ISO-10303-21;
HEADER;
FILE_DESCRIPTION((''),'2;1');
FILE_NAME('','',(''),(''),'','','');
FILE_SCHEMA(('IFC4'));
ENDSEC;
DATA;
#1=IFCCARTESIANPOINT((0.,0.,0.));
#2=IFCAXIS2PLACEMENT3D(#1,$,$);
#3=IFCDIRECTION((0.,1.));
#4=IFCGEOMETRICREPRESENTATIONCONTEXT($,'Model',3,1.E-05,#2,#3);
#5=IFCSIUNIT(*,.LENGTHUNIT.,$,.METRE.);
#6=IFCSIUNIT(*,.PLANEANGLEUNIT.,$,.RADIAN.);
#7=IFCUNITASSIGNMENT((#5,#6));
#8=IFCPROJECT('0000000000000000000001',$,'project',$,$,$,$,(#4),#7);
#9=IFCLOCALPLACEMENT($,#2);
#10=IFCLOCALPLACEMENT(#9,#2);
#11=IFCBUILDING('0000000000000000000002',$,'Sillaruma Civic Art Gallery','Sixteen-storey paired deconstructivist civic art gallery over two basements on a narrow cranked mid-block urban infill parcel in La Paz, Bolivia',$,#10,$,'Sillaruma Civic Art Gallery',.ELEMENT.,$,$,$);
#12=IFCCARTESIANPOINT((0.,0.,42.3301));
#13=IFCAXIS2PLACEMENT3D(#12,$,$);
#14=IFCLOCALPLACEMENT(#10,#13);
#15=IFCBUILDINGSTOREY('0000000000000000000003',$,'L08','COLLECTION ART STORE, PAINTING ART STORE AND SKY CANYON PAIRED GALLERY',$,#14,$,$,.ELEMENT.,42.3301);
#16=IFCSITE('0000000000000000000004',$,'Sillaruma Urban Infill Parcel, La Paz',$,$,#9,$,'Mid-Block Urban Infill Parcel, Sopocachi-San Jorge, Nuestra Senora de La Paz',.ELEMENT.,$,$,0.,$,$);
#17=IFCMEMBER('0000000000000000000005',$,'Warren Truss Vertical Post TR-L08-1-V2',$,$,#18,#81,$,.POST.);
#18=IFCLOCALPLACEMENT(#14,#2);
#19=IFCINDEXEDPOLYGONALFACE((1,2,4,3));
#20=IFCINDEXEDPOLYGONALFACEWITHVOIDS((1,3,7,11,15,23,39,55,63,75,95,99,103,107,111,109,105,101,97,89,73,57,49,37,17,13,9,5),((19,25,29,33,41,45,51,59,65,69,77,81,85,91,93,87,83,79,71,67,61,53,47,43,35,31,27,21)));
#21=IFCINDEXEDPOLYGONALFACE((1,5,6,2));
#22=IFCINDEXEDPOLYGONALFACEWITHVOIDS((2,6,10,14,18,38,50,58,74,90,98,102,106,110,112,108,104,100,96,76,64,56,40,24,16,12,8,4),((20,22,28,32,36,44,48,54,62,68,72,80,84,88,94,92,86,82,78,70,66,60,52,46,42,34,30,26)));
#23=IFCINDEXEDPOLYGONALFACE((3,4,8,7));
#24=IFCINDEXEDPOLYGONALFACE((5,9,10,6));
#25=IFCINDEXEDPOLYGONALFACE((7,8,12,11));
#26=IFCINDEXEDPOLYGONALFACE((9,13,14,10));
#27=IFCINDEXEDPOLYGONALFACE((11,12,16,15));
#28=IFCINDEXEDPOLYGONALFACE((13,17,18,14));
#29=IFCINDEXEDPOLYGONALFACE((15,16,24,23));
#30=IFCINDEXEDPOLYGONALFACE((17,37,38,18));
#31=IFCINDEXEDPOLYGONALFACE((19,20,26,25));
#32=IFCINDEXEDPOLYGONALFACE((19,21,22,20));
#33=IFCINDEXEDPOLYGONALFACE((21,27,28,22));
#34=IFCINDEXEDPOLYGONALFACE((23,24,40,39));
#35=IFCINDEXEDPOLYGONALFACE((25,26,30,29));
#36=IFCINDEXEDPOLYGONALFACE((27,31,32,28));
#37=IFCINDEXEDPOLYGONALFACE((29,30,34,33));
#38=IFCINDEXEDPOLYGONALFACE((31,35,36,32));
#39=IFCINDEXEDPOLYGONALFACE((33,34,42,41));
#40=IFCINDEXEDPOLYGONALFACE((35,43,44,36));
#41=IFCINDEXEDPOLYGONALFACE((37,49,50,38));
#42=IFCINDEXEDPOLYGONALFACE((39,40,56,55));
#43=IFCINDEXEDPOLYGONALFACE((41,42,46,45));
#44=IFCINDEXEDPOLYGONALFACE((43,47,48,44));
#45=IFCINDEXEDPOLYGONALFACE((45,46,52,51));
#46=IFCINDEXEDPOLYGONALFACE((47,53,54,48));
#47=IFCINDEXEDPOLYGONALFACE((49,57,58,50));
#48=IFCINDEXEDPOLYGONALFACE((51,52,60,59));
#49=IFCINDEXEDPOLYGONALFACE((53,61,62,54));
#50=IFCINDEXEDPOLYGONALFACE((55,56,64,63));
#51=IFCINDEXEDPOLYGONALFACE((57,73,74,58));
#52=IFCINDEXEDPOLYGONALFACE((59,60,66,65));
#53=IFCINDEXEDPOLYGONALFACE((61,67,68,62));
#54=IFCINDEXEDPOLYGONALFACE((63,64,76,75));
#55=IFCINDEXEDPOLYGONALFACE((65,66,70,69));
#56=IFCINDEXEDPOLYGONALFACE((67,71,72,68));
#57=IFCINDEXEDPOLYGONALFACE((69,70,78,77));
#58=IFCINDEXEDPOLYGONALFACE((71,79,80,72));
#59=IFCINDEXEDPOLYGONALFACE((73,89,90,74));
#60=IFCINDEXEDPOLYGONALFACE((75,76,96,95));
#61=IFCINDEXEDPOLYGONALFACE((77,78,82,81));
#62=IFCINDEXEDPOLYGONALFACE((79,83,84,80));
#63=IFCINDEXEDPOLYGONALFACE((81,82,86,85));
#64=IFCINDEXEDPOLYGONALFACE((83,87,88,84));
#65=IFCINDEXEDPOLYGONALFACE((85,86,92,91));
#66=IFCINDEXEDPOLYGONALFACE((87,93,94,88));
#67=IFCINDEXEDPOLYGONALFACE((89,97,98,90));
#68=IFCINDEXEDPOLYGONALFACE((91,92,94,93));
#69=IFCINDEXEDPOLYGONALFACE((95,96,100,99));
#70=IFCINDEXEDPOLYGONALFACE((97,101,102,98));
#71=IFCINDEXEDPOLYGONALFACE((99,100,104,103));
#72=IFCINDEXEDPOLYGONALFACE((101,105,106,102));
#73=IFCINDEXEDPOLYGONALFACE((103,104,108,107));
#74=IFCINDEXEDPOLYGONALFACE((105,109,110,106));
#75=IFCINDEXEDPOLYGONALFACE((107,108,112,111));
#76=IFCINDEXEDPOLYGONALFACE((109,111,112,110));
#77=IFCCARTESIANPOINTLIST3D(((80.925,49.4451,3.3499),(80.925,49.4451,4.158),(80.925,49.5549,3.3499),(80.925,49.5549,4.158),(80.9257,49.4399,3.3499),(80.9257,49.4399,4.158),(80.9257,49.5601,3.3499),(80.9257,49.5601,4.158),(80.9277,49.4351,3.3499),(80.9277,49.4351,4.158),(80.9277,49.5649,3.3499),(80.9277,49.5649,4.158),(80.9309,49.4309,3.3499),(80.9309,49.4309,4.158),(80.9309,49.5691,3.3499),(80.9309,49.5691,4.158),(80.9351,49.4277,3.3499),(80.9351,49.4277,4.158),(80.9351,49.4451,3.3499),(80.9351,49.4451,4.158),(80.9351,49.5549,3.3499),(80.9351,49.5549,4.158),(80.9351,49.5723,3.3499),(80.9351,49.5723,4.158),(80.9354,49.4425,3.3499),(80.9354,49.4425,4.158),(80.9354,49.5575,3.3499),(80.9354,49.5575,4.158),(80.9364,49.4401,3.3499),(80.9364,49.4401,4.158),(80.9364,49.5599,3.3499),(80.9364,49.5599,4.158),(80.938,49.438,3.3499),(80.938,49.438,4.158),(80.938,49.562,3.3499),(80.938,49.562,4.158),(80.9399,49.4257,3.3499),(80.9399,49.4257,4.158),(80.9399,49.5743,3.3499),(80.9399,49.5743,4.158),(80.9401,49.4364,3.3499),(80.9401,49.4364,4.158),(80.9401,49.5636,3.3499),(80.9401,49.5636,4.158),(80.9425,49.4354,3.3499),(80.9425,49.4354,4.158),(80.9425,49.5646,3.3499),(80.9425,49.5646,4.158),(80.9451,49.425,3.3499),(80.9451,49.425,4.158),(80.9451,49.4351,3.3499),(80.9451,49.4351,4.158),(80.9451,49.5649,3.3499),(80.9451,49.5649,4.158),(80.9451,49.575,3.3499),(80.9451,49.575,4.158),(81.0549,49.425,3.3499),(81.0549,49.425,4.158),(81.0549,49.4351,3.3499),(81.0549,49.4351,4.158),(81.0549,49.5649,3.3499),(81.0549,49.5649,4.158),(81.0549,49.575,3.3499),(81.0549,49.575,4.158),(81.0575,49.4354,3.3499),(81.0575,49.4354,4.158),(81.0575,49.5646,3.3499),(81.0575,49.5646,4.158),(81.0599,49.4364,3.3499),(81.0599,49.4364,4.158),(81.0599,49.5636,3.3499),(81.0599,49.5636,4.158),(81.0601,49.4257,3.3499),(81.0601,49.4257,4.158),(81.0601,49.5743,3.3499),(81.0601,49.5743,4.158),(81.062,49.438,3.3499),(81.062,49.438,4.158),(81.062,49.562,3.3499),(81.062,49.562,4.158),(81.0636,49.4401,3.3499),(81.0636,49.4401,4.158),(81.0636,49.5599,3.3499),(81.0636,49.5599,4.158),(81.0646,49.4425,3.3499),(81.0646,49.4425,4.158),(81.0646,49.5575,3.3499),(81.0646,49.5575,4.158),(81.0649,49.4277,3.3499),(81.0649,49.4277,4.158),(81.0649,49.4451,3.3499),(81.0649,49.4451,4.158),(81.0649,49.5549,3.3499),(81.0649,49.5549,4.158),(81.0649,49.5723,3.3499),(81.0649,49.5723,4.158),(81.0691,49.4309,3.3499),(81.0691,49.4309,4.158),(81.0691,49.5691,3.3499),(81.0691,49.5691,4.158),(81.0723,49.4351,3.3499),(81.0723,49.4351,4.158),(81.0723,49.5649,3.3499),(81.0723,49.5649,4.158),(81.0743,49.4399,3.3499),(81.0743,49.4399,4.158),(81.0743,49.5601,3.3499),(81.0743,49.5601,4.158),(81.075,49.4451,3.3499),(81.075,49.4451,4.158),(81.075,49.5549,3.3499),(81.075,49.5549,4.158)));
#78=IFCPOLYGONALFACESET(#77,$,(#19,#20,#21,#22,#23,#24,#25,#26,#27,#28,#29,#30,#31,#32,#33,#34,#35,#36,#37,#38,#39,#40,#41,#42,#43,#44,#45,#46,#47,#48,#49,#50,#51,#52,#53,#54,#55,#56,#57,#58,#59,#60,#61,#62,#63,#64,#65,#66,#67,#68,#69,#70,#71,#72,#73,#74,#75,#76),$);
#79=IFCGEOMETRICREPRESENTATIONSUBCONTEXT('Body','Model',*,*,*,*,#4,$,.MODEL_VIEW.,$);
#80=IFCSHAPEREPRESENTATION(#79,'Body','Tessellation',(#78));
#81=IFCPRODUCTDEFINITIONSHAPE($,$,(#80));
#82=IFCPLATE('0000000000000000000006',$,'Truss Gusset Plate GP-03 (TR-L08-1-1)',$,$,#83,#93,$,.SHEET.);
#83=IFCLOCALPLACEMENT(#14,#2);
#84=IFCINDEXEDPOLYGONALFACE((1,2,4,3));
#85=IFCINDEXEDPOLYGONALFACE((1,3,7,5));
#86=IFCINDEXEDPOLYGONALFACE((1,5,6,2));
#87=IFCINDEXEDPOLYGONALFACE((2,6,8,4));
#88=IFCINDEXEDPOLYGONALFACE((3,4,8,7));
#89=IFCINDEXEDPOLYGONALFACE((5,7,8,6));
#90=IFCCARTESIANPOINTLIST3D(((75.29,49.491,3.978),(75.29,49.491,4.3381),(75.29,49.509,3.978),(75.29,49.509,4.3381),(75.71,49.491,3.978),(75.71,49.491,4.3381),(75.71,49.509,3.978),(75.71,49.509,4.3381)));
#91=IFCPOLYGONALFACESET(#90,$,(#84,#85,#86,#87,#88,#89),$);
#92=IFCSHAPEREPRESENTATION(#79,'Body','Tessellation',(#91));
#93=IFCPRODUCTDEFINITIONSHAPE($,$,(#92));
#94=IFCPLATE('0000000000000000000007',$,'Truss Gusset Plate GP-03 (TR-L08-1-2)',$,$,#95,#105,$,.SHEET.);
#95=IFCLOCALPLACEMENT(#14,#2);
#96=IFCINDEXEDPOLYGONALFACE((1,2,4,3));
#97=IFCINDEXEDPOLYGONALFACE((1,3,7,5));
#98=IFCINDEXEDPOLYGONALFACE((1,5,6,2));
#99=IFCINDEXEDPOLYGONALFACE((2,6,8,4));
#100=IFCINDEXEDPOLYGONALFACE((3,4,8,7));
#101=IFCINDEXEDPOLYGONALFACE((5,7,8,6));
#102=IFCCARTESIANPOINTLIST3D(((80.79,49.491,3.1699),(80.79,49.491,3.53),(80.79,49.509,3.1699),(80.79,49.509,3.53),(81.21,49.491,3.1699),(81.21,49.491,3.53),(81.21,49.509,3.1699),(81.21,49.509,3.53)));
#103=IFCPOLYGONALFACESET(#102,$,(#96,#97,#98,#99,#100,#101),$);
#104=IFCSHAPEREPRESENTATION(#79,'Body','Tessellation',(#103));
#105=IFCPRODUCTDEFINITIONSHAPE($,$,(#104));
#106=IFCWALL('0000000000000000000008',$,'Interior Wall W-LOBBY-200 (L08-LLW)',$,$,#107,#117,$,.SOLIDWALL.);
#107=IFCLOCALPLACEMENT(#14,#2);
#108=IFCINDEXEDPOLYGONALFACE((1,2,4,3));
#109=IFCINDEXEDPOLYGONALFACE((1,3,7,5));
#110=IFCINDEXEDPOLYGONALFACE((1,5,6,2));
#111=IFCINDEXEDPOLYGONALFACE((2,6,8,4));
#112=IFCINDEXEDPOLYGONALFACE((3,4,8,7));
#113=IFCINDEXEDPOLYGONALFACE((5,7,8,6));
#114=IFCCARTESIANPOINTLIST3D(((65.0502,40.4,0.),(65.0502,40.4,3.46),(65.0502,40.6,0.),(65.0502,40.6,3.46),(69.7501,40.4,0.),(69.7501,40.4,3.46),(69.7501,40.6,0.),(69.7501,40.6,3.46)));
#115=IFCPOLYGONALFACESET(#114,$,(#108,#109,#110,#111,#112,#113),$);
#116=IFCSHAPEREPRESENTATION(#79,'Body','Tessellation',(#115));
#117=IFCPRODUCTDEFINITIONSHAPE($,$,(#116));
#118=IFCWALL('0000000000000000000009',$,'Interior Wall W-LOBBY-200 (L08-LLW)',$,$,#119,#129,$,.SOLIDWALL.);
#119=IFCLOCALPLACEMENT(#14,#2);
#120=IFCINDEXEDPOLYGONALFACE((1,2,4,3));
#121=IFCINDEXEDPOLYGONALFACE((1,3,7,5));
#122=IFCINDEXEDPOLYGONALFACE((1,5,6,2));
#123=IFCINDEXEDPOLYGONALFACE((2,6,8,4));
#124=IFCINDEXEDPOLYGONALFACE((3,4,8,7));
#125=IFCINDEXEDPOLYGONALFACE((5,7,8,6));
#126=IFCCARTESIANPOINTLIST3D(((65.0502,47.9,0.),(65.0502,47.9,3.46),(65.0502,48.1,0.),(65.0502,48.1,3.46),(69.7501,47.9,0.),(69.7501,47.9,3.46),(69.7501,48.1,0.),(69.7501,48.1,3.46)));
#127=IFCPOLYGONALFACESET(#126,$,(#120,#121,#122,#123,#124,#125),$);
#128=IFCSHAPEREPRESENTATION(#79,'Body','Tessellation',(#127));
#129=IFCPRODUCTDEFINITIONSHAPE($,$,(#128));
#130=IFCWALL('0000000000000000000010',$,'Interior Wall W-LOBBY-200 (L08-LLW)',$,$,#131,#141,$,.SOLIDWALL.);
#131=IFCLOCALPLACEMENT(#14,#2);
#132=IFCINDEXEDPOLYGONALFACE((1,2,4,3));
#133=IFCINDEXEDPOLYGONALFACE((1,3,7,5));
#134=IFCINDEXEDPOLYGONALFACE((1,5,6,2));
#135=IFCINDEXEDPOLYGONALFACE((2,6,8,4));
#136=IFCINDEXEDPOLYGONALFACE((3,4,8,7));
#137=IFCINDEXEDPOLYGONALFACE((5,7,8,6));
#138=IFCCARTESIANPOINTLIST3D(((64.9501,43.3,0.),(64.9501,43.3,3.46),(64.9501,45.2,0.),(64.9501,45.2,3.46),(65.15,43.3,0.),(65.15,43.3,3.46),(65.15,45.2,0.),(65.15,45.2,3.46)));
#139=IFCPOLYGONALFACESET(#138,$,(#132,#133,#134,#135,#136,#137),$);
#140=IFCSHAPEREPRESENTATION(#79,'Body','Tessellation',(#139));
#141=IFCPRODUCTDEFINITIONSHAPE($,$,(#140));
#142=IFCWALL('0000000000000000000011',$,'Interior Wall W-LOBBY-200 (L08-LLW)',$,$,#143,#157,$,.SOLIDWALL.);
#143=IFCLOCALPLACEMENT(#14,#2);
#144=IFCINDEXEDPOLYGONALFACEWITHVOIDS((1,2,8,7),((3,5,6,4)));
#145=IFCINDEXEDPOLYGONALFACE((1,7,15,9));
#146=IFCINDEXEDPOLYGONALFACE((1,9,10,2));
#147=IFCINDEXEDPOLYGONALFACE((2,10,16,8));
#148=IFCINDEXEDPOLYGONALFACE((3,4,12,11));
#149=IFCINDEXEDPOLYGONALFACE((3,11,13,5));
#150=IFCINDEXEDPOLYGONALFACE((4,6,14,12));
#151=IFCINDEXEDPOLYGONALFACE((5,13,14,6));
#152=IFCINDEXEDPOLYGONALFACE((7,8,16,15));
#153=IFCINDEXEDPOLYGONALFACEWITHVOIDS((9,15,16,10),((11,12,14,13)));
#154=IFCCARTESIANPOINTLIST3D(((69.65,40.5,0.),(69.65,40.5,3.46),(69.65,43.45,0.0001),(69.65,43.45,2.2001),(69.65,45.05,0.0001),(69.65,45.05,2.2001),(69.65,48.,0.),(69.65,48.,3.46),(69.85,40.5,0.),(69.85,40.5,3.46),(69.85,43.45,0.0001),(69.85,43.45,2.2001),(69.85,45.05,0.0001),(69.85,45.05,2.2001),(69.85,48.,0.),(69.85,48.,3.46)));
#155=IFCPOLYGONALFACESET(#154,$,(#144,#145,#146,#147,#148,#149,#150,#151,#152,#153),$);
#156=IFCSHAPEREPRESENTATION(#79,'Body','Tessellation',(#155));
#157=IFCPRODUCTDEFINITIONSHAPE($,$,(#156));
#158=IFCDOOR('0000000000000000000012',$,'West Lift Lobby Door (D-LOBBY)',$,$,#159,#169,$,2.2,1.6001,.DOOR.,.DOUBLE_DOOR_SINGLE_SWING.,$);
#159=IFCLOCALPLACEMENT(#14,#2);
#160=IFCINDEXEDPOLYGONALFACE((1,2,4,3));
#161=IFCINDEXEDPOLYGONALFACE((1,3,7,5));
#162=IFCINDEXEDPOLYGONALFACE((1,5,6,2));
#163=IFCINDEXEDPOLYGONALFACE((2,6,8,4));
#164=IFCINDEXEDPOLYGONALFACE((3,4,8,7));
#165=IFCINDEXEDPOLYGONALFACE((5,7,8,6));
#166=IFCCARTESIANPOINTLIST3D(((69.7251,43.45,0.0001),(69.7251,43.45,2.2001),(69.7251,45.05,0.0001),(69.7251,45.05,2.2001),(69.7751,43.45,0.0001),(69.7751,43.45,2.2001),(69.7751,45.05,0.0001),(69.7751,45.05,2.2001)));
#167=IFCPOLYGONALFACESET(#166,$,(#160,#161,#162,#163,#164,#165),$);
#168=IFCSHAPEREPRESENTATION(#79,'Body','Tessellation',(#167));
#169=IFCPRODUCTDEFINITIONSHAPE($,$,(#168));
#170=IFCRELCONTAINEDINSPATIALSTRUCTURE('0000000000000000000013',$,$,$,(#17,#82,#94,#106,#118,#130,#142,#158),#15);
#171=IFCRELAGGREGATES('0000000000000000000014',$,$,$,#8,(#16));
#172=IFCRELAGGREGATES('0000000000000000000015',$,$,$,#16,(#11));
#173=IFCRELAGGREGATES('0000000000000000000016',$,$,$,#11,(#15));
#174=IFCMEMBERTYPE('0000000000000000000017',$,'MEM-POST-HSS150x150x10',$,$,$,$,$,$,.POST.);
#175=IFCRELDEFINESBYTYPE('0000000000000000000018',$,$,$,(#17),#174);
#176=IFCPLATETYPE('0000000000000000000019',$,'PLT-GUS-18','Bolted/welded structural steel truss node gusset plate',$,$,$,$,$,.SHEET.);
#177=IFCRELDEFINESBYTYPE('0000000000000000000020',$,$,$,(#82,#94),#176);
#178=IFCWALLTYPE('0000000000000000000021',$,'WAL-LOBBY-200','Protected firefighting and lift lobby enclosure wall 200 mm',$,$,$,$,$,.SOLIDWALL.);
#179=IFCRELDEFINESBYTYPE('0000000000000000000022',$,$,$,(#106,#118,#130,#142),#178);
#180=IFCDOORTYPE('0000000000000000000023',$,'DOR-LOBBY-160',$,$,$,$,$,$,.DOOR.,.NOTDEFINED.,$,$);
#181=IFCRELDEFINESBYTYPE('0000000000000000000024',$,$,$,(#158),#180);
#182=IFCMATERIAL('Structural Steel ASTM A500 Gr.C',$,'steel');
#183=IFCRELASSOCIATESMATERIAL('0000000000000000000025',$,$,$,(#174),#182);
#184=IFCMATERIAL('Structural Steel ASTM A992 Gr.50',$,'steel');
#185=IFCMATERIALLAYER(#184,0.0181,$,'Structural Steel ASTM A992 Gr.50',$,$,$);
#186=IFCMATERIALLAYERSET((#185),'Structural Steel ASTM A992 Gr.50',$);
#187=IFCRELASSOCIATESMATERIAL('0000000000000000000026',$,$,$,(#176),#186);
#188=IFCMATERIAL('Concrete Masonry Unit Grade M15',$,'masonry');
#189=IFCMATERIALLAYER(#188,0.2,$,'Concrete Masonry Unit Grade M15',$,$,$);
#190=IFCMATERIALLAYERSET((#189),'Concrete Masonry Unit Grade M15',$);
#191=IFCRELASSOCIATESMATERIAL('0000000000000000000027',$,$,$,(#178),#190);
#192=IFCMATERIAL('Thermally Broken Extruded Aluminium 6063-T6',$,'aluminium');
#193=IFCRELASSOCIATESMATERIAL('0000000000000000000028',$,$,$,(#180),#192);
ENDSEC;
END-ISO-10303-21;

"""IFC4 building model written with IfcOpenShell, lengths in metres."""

from ifc_helpers import new_model, si_unit, direction, frame, frame_2d, origin, origin_2d, place, context, subcontext, project, spatial, rectangle, hollow_rectangle, extrude, material, layer, layer_set, material_profile, profile_set, type_object, element, fill, save


model = new_model("IFC4")

# Units and contexts
model_context = context("Model", 3, precision=1e-05, world=origin(), true_north=direction((0.0, 1.0)))
body_context = subcontext(model_context, "Body", "Model", "MODEL_VIEW")
ifc_project = project(units=[si_unit("LENGTHUNIT", "METRE"), si_unit("PLANEANGLEUNIT", "RADIAN")], contexts=[model_context])

# Site, building, storey
site_placement = place(None, origin())
site = spatial("IfcSite", under=ifc_project, at=site_placement, Name="Sillaruma Urban Infill Parcel, La Paz", LongName="Mid-Block Urban Infill Parcel, Sopocachi-San Jorge, Nuestra Senora de La Paz", CompositionType="ELEMENT", RefElevation=0.0)
building_placement = place(site_placement, origin())
building = spatial("IfcBuilding", under=site, at=building_placement, Name="Sillaruma Civic Art Gallery", Description="Sixteen-storey paired deconstructivist civic art gallery over two basements on a narrow cranked mid-block urban infill parcel in La Paz, Bolivia", LongName="Sillaruma Civic Art Gallery", CompositionType="ELEMENT")
storey_placement = place(building_placement, frame((0.0, 0.0, 42.3301)))
storey = spatial("IfcBuildingStorey", under=building, at=storey_placement, Name="L08", Description="COLLECTION ART STORE, PAINTING ART STORE AND SKY CANYON PAIRED GALLERY", CompositionType="ELEMENT", Elevation=42.3301)

# Shared definitions
ifc_material_1 = material(Name="Structural Steel ASTM A992 Gr.50", Category="steel")

# Member
ifc_material_2 = material(Name="Structural Steel ASTM A500 Gr.C", Category="steel")
ifc_material_profile_1 = material_profile(ifc_material_2, hollow_rectangle(XDim=0.1499, YDim=0.1499, WallThickness=0.01, InnerFilletRadius=0.01, OuterFilletRadius=0.02, at=origin_2d()), Name="HSS150x150x10")
ifc_profile_set_1 = profile_set([ifc_material_profile_1], Name="Structural Steel ASTM A500 Gr.C")
member_type_1 = type_object("IfcMemberType", Name="MEM-POST-HSS150x150x10", PredefinedType="POST", material=ifc_profile_set_1)
for number, where, z_axis, x_axis, name in (
    (1, (81.0, 49.5, 3.3499), (0.0, 0.0, 1.0), (1.0, 0.0, 0.0), "Warren Truss Vertical Post TR-L08-1-V2"),
):
    element("IfcMember", number, at=place(storey_placement, frame(where, z_axis=z_axis, x_axis=x_axis)), inside=storey, type_object=member_type_1, Name=name, PredefinedType="POST", context=body_context, shape_type="SweptSolid", body=[
        extrude(hollow_rectangle(XDim=0.1499, YDim=0.1499, WallThickness=0.01, InnerFilletRadius=0.01, OuterFilletRadius=0.02, at=origin_2d()), origin(), (0.0, 0.0, 1.0), 0.8081),
    ])

# Plates
ifc_layer_1 = layer(ifc_material_1, 0.0181, Name="Structural Steel ASTM A992 Gr.50")
ifc_layer_set_1 = layer_set([ifc_layer_1], Name="Structural Steel ASTM A992 Gr.50")
plate_type = type_object("IfcPlateType", Name="PLT-GUS-18", Description="Bolted/welded structural steel truss node gusset plate", PredefinedType="SHEET", material=ifc_layer_set_1)
for number, where, z_axis, x_axis, name in (
    (2, (75.5, 49.5, 3.978), (0.0, 0.0, 1.0), (1.0, 0.0, 0.0), "Truss Gusset Plate GP-03 (TR-L08-1-1)"),
    (3, (81.0, 49.5, 3.1699), (0.0, 0.0, 1.0), (1.0, 0.0, 0.0), "Truss Gusset Plate GP-03 (TR-L08-1-2)"),
):
    element("IfcPlate", number, at=place(storey_placement, frame(where, z_axis=z_axis, x_axis=x_axis)), inside=storey, type_object=plate_type, Name=name, PredefinedType="SHEET", context=body_context, shape_type="SweptSolid", body=[
        extrude(rectangle(XDim=0.4199, YDim=0.0181, at=origin_2d()), origin(), (0.0, 0.0, 1.0), 0.3601),
    ])

# Walls
ifc_material_3 = material(Name="Concrete Masonry Unit Grade M15", Category="masonry")
ifc_layer_2 = layer(ifc_material_3, 0.2, Name="Concrete Masonry Unit Grade M15")
ifc_layer_set_2 = layer_set([ifc_layer_2], Name="Concrete Masonry Unit Grade M15")
wall_type_1 = type_object("IfcWallType", Name="WAL-LOBBY-200", Description="Protected firefighting and lift lobby enclosure wall 200 mm", PredefinedType="SOLIDWALL", material=ifc_layer_set_2)
for number, where, z_axis, x_axis, name in (
    (4, (65.05, 40.5, 0.0), (0.0, 0.0, 1.0), (1.0, 0.0, 0.0), "Interior Wall W-LOBBY-200 (L08-LLW)"),
    (5, (65.05, 48.0, 0.0), (0.0, 0.0, 1.0), (1.0, 0.0, 0.0), "Interior Wall W-LOBBY-200 (L08-LLW)"),
):
    element("IfcWall", number, at=place(storey_placement, frame(where, z_axis=z_axis, x_axis=x_axis)), inside=storey, type_object=wall_type_1, Name=name, PredefinedType="SOLIDWALL", context=body_context, shape_type="SweptSolid", body=[
        extrude(rectangle(XDim=4.7, YDim=0.2, at=frame_2d((2.3501, 0.0))), origin(), (0.0, 0.0, 1.0), 3.46),
    ])
wall_1_placement = place(storey_placement, frame((65.05, 43.3, 0.0), z_axis=(0.0, 0.0, 1.0), x_axis=(0.0, 1.0, 0.0)))
element("IfcWall", 6, at=wall_1_placement, inside=storey, type_object=wall_type_1, Name="Interior Wall W-LOBBY-200 (L08-LLW)", PredefinedType="SOLIDWALL", context=body_context, shape_type="SweptSolid", body=[
    extrude(rectangle(XDim=1.8999, YDim=0.2, at=frame_2d((0.95, 0.0))), origin(), (0.0, 0.0, 1.0), 3.46),
])

# Wall, opening, door
wall_2_placement = place(storey_placement, frame((69.75, 40.5, 0.0), z_axis=(0.0, 0.0, 1.0), x_axis=(0.0, 1.0, 0.0)))
wall_2 = element("IfcWall", 7, at=wall_2_placement, inside=storey, type_object=wall_type_1, Name="Interior Wall W-LOBBY-200 (L08-LLW)", PredefinedType="SOLIDWALL", context=body_context, shape_type="SweptSolid", body=[
    extrude(rectangle(XDim=7.5, YDim=0.2, at=frame_2d((3.75, 0.0))), origin(), (0.0, 0.0, 1.0), 3.46),
])
opening_1_placement = place(wall_2_placement, frame((2.95, 0.0, 0.0)))
opening_1 = element("IfcOpeningElement", 8, at=opening_1_placement, cuts=wall_2, PredefinedType="OPENING", context=body_context, shape_type="SweptSolid", body=[
    extrude(rectangle(XDim=1.6001, YDim=2.2, at=frame_2d((0.8, 1.1001))), frame((0.0, 0.1099, 0.0), z_axis=(0.0, -1.0, 0.0), x_axis=(1.0, 0.0, 0.0)), (0.0, 0.0, 1.0), 0.22),
])
ifc_material_4 = material(Name="Thermally Broken Extruded Aluminium 6063-T6", Category="aluminium")
door_type_1 = type_object("IfcDoorType", Name="DOR-LOBBY-160", OperationType="NOTDEFINED", PredefinedType="DOOR", material=ifc_material_4)
door_1_placement = place(opening_1_placement, origin())
door_1 = element("IfcDoor", 9, at=door_1_placement, inside=storey, type_object=door_type_1, Name="West Lift Lobby Door (D-LOBBY)", OperationType="DOUBLE_DOOR_SINGLE_SWING", OverallHeight=2.2, OverallWidth=1.6001, PredefinedType="DOOR", context=body_context, shape_type="SweptSolid", body=[
    extrude(rectangle(XDim=1.6001, YDim=2.2, at=frame_2d((0.8, 1.1001))), frame((0.0, 0.0249, 0.0), z_axis=(0.0, -1.0, 0.0), x_axis=(1.0, 0.0, 0.0)), (0.0, 0.0, 1.0), 0.05),
])
fill(opening_1, door_1)

save(model, "model.ifc")
